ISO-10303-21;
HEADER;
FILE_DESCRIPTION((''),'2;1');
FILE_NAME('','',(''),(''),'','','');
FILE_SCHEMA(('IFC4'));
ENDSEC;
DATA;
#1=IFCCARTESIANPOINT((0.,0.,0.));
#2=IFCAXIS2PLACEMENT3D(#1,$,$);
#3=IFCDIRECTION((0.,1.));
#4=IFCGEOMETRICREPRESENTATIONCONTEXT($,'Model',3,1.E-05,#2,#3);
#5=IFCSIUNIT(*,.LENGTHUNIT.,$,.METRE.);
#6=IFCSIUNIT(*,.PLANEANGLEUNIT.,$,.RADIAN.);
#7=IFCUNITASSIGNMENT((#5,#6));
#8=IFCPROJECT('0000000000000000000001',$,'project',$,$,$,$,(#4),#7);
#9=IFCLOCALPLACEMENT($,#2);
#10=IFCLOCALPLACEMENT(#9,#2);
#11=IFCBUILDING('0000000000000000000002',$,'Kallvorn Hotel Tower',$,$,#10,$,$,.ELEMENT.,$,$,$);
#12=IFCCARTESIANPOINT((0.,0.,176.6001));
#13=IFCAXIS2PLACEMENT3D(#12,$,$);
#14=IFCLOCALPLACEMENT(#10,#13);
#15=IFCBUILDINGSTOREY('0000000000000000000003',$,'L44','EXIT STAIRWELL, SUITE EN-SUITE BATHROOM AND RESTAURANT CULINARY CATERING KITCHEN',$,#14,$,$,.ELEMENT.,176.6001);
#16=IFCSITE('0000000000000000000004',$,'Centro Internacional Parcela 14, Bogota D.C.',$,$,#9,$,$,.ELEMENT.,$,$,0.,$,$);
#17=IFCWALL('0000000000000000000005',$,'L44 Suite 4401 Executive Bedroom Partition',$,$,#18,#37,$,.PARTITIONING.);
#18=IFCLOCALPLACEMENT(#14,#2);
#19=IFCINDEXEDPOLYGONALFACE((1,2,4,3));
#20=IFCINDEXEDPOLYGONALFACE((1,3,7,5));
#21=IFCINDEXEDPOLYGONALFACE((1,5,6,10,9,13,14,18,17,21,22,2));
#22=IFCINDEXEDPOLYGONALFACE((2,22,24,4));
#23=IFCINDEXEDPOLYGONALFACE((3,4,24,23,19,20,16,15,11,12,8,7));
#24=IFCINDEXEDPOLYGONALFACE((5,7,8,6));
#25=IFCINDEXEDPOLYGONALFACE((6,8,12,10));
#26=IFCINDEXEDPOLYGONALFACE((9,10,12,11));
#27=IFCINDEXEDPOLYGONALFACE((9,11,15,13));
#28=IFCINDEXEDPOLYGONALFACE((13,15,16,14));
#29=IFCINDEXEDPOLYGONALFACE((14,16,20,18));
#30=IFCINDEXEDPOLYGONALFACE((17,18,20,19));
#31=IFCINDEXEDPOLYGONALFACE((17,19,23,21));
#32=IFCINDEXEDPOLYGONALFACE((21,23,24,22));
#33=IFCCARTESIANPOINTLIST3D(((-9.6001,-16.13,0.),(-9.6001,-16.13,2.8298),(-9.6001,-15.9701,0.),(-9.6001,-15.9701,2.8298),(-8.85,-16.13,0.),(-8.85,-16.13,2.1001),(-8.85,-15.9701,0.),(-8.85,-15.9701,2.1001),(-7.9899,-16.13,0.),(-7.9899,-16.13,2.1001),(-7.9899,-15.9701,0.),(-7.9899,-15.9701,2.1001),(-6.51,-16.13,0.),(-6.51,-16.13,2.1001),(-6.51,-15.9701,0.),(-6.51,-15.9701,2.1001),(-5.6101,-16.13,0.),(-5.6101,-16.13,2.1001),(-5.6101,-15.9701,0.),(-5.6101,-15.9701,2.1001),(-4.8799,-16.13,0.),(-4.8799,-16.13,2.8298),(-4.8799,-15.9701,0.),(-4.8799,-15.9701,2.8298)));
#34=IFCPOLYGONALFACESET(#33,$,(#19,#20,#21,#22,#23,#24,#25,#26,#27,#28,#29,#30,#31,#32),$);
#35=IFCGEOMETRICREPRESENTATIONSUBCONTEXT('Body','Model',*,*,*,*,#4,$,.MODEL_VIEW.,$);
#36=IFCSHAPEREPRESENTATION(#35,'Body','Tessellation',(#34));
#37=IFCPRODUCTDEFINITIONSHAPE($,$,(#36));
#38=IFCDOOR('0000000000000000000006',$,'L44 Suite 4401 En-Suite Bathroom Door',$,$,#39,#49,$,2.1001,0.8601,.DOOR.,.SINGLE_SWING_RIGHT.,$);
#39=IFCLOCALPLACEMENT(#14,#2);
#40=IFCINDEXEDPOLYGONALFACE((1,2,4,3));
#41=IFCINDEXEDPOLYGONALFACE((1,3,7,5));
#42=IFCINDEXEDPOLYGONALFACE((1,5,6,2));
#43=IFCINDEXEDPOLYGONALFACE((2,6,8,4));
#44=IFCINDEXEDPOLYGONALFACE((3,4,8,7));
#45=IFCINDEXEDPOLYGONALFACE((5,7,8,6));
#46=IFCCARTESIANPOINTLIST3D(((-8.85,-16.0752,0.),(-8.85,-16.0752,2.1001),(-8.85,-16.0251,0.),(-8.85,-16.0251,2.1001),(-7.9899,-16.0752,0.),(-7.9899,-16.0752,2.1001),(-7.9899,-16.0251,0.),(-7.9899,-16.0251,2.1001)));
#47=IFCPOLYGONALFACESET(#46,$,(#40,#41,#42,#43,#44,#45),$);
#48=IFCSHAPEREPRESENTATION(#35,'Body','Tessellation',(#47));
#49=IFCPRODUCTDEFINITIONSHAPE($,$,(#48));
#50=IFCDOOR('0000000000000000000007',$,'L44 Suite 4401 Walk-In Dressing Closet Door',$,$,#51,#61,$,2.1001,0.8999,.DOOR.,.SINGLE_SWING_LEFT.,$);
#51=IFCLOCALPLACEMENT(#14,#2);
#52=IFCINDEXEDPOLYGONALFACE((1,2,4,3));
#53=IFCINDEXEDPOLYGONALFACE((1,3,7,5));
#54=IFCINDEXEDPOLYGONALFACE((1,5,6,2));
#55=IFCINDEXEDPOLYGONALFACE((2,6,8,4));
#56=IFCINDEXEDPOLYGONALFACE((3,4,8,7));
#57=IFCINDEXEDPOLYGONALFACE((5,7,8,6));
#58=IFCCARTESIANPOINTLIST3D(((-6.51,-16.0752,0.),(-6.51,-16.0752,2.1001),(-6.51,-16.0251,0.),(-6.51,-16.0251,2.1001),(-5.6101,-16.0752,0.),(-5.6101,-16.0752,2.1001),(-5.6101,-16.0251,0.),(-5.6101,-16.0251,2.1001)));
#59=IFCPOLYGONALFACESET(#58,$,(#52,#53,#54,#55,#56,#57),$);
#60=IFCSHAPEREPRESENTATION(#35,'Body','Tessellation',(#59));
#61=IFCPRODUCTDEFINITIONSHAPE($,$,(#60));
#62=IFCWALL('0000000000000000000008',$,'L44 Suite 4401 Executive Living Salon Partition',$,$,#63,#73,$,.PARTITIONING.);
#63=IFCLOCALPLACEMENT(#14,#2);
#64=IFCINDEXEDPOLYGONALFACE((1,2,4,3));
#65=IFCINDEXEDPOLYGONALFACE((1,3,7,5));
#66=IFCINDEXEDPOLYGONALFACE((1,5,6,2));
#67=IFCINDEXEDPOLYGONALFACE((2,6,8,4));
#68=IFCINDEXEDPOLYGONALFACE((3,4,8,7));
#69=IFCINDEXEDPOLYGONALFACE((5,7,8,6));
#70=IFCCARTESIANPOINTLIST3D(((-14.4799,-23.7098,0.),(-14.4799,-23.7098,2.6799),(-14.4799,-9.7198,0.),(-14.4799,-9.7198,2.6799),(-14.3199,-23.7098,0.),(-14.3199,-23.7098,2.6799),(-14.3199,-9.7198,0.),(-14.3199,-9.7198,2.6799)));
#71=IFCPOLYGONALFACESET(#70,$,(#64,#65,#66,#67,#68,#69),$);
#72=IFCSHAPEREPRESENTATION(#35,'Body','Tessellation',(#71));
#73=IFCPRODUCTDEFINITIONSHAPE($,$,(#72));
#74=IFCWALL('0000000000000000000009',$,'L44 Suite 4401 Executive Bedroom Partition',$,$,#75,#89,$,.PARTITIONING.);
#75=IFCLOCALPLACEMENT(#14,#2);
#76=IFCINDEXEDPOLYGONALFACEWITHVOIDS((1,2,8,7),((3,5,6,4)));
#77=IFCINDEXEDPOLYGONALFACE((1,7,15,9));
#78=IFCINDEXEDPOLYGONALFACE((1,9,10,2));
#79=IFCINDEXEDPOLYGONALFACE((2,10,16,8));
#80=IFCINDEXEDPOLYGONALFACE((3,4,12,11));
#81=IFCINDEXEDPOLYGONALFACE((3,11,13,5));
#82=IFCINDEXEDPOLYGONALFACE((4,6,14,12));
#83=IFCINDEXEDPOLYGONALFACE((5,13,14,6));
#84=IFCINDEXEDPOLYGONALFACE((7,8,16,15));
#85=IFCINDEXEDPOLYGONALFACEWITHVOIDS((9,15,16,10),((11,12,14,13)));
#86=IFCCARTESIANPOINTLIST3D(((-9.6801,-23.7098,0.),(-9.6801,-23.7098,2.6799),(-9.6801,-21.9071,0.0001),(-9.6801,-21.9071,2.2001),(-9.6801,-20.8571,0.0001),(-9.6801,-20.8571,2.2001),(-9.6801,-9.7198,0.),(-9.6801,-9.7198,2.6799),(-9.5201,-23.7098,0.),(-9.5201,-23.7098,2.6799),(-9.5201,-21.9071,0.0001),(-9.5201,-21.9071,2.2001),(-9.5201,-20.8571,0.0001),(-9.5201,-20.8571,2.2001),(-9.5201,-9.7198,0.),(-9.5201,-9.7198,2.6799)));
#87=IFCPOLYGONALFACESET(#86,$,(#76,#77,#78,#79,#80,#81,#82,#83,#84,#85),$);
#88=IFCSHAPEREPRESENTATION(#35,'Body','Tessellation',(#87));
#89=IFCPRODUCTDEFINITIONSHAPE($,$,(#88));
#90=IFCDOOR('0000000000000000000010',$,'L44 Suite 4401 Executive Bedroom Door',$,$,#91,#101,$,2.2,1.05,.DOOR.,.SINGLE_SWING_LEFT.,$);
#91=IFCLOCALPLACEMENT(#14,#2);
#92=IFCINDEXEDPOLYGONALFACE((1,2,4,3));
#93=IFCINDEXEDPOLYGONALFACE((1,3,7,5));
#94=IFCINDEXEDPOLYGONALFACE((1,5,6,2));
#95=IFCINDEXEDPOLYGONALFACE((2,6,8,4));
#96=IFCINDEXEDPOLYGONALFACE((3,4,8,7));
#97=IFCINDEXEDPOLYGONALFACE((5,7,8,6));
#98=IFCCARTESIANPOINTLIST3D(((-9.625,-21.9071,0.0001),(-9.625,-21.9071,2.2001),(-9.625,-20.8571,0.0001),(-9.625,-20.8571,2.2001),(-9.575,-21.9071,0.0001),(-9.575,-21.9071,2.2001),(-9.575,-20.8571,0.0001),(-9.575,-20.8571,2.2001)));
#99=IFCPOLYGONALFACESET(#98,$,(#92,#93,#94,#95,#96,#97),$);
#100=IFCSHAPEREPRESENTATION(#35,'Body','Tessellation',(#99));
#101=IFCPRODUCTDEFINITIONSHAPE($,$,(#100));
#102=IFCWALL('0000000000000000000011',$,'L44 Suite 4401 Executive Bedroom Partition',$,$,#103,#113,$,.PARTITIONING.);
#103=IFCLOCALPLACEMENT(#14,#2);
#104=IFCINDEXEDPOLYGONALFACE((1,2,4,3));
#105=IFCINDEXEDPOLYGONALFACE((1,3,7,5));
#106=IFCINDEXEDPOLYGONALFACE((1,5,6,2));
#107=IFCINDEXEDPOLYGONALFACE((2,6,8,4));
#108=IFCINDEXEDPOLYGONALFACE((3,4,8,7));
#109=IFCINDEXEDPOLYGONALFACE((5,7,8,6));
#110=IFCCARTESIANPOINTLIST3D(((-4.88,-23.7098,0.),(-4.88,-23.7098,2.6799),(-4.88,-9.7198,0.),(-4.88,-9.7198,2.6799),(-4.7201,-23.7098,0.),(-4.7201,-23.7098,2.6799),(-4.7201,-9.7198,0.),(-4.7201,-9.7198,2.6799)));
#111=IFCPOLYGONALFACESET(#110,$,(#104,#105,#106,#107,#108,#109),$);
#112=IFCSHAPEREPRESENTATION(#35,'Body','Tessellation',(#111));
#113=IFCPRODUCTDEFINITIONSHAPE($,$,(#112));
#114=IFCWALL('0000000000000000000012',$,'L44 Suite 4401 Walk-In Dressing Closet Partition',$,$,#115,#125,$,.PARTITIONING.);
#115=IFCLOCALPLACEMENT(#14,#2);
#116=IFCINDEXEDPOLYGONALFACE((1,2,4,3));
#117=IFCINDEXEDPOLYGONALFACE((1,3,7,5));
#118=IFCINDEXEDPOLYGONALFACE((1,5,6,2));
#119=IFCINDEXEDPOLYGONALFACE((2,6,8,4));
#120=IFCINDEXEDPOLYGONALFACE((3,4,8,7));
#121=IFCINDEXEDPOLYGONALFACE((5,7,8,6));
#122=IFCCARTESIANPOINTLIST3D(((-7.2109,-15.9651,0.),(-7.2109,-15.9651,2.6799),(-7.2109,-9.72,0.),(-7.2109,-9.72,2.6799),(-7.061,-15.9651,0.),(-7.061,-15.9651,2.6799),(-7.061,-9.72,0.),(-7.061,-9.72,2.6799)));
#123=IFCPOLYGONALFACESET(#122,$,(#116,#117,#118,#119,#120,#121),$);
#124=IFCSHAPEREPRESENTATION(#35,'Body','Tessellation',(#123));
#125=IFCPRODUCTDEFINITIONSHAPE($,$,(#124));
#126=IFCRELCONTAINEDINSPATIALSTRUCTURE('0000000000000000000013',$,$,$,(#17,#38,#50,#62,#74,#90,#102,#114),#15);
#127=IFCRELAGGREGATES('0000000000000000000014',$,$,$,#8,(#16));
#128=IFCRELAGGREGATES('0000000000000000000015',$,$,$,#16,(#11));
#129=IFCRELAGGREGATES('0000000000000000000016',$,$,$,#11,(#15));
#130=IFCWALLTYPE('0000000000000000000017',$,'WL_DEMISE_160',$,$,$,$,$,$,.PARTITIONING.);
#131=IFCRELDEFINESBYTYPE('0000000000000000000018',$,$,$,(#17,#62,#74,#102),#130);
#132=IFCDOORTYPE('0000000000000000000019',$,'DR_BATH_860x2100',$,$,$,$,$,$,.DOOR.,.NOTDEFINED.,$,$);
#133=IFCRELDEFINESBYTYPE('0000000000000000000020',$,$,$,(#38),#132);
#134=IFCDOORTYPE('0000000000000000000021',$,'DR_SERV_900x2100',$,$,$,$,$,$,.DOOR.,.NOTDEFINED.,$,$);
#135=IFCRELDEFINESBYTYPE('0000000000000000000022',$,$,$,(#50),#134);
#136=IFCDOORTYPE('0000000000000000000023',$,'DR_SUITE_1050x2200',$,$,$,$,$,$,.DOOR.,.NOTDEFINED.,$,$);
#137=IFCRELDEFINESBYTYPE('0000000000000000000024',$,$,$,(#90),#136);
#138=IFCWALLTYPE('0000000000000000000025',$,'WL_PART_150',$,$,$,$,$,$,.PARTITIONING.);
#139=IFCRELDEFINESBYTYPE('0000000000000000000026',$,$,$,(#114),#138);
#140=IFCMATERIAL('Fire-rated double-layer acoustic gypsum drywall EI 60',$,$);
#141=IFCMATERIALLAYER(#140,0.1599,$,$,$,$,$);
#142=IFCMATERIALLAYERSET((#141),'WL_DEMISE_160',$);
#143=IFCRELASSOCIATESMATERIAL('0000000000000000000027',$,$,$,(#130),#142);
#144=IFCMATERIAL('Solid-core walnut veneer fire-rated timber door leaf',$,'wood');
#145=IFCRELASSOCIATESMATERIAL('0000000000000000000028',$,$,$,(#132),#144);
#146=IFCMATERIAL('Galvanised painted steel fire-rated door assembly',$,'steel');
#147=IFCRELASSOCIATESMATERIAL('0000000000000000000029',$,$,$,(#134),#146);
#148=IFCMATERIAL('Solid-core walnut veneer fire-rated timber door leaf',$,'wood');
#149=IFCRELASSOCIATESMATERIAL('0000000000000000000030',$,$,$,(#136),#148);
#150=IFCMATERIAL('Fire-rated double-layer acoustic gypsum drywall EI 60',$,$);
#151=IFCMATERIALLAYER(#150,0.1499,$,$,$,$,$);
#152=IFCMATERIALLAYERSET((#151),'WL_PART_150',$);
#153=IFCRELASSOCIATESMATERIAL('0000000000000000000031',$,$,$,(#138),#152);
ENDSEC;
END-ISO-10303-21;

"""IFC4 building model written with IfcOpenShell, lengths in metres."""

from ifc_helpers import new_model, si_unit, direction, frame, frame_2d, origin, place, context, subcontext, project, spatial, rectangle, extrude, material, layer, layer_set, type_object, element, fill, save


model = new_model("IFC4")

# Units and contexts
model_context = context("Model", 3, precision=1e-05, world=origin(), true_north=direction((0.0, 1.0)))
body_context = subcontext(model_context, "Body", "Model", "MODEL_VIEW")
ifc_project = project(units=[si_unit("LENGTHUNIT", "METRE"), si_unit("PLANEANGLEUNIT", "RADIAN")], contexts=[model_context])

# Site, building, storey
site_placement = place(None, origin())
site = spatial("IfcSite", under=ifc_project, at=site_placement, Name="Centro Internacional Parcela 14, Bogota D.C.", CompositionType="ELEMENT", RefElevation=0.0)
building_placement = place(site_placement, origin())
building = spatial("IfcBuilding", under=site, at=building_placement, Name="Kallvorn Hotel Tower", CompositionType="ELEMENT")
storey_placement = place(building_placement, frame((0.0, 0.0, 176.6001)))
storey = spatial("IfcBuildingStorey", under=building, at=storey_placement, Name="L44", Description="EXIT STAIRWELL, SUITE EN-SUITE BATHROOM AND RESTAURANT CULINARY CATERING KITCHEN", CompositionType="ELEMENT", Elevation=176.6001)

# Wall, openings, doors
ifc_material_1 = material(Name="Fire-rated double-layer acoustic gypsum drywall EI 60")
ifc_layer_1 = layer(ifc_material_1, 0.1599)
ifc_layer_set_1 = layer_set([ifc_layer_1], Name="WL_DEMISE_160")
wall_type_1 = type_object("IfcWallType", Name="WL_DEMISE_160", PredefinedType="PARTITIONING", material=ifc_layer_set_1)
wall_1_placement = place(storey_placement, frame((-9.6001, -16.05, 0.0), z_axis=(0.0, 0.0, 1.0), x_axis=(1.0, 0.0, 0.0)))
wall_1 = element("IfcWall", 1, at=wall_1_placement, inside=storey, type_object=wall_type_1, Name="L44 Suite 4401 Executive Bedroom Partition", PredefinedType="PARTITIONING", context=body_context, shape_type="SweptSolid", body=[
    extrude(rectangle(XDim=4.7202, YDim=0.1599, at=frame_2d((2.3601, 0.0))), origin(), (0.0, 0.0, 1.0), 2.8298),
])
opening_1_placement = place(wall_1_placement, frame((0.75, 0.0, 0.0)))
opening_1 = element("IfcOpeningElement", 2, at=opening_1_placement, cuts=wall_1, PredefinedType="OPENING", context=body_context, shape_type="SweptSolid", body=[
    extrude(rectangle(XDim=0.8601, YDim=2.1001, at=frame_2d((0.4302, 1.05))), frame((0.0, 0.095, 0.0), z_axis=(0.0, -1.0, 0.0), x_axis=(1.0, 0.0, 0.0)), (0.0, 0.0, 1.0), 0.1899),
])
opening_2_placement = place(wall_1_placement, frame((3.0901, 0.0, 0.0)))
opening_2 = element("IfcOpeningElement", 3, at=opening_2_placement, cuts=wall_1, PredefinedType="OPENING", context=body_context, shape_type="SweptSolid", body=[
    extrude(rectangle(XDim=0.8999, YDim=2.1001, at=frame_2d((0.45, 1.05))), frame((0.0, 0.095, 0.0), z_axis=(0.0, -1.0, 0.0), x_axis=(1.0, 0.0, 0.0)), (0.0, 0.0, 1.0), 0.1899),
])
ifc_material_2 = material(Name="Solid-core walnut veneer fire-rated timber door leaf", Category="wood")
door_type_1 = type_object("IfcDoorType", Name="DR_BATH_860x2100", OperationType="NOTDEFINED", PredefinedType="DOOR", material=ifc_material_2)
door_1_placement = place(opening_1_placement, origin())
door_1 = element("IfcDoor", 4, at=door_1_placement, inside=storey, type_object=door_type_1, Name="L44 Suite 4401 En-Suite Bathroom Door", OperationType="SINGLE_SWING_RIGHT", OverallHeight=2.1001, OverallWidth=0.8601, PredefinedType="DOOR", context=body_context, shape_type="SweptSolid", body=[
    extrude(rectangle(XDim=0.8601, YDim=2.1001, at=frame_2d((0.4302, 1.05))), frame((0.0, 0.0249, 0.0), z_axis=(0.0, -1.0, 0.0), x_axis=(1.0, 0.0, 0.0)), (0.0, 0.0, 1.0), 0.05),
])
fill(opening_1, door_1)
ifc_material_3 = material(Name="Galvanised painted steel fire-rated door assembly", Category="steel")
door_type_2 = type_object("IfcDoorType", Name="DR_SERV_900x2100", OperationType="NOTDEFINED", PredefinedType="DOOR", material=ifc_material_3)
door_2_placement = place(opening_2_placement, origin())
door_2 = element("IfcDoor", 5, at=door_2_placement, inside=storey, type_object=door_type_2, Name="L44 Suite 4401 Walk-In Dressing Closet Door", OperationType="SINGLE_SWING_LEFT", OverallHeight=2.1001, OverallWidth=0.8999, PredefinedType="DOOR", context=body_context, shape_type="SweptSolid", body=[
    extrude(rectangle(XDim=0.8999, YDim=2.1001, at=frame_2d((0.45, 1.05))), frame((0.0, 0.0249, 0.0), z_axis=(0.0, -1.0, 0.0), x_axis=(1.0, 0.0, 0.0)), (0.0, 0.0, 1.0), 0.05),
])
fill(opening_2, door_2)

# Wall
wall_2_placement = place(storey_placement, frame((-14.3999, -23.71, 0.0), z_axis=(0.0, 0.0, 1.0), x_axis=(0.0, 1.0, 0.0)))
element("IfcWall", 6, at=wall_2_placement, inside=storey, type_object=wall_type_1, Name="L44 Suite 4401 Executive Living Salon Partition", PredefinedType="PARTITIONING", context=body_context, shape_type="SweptSolid", body=[
    extrude(rectangle(XDim=13.99, YDim=0.1599, at=frame_2d((6.9951, 0.0))), origin(), (0.0, 0.0, 1.0), 2.6799),
])

# Wall, opening, door
wall_3_placement = place(storey_placement, frame((-9.6001, -23.71, 0.0), z_axis=(0.0, 0.0, 1.0), x_axis=(0.0, 1.0, 0.0)))
wall_3 = element("IfcWall", 7, at=wall_3_placement, inside=storey, type_object=wall_type_1, Name="L44 Suite 4401 Executive Bedroom Partition", PredefinedType="PARTITIONING", context=body_context, shape_type="SweptSolid", body=[
    extrude(rectangle(XDim=13.99, YDim=0.1599, at=frame_2d((6.9951, 0.0))), origin(), (0.0, 0.0, 1.0), 2.6799),
])
opening_3_placement = place(wall_3_placement, frame((1.803, 0.0, 0.0)))
opening_3 = element("IfcOpeningElement", 8, at=opening_3_placement, cuts=wall_3, PredefinedType="OPENING", context=body_context, shape_type="SweptSolid", body=[
    extrude(rectangle(XDim=1.05, YDim=2.2, at=frame_2d((0.5249, 1.1001))), frame((0.0, 0.095, 0.0), z_axis=(0.0, -1.0, 0.0), x_axis=(1.0, 0.0, 0.0)), (0.0, 0.0, 1.0), 0.1899),
])
ifc_material_4 = material(Name="Solid-core walnut veneer fire-rated timber door leaf", Category="wood")
door_type_3 = type_object("IfcDoorType", Name="DR_SUITE_1050x2200", OperationType="NOTDEFINED", PredefinedType="DOOR", material=ifc_material_4)
door_3_placement = place(opening_3_placement, origin())
door_3 = element("IfcDoor", 9, at=door_3_placement, inside=storey, type_object=door_type_3, Name="L44 Suite 4401 Executive Bedroom Door", OperationType="SINGLE_SWING_LEFT", OverallHeight=2.2, OverallWidth=1.05, PredefinedType="DOOR", context=body_context, shape_type="SweptSolid", body=[
    extrude(rectangle(XDim=1.05, YDim=2.2, at=frame_2d((0.5249, 1.1001))), frame((0.0, 0.0249, 0.0), z_axis=(0.0, -1.0, 0.0), x_axis=(1.0, 0.0, 0.0)), (0.0, 0.0, 1.0), 0.05),
])
fill(opening_3, door_3)

# Walls
wall_4_placement = place(storey_placement, frame((-4.8, -23.71, 0.0), z_axis=(0.0, 0.0, 1.0), x_axis=(0.0, 1.0, 0.0)))
element("IfcWall", 10, at=wall_4_placement, inside=storey, type_object=wall_type_1, Name="L44 Suite 4401 Executive Bedroom Partition", PredefinedType="PARTITIONING", context=body_context, shape_type="SweptSolid", body=[
    extrude(rectangle(XDim=13.99, YDim=0.1599, at=frame_2d((6.9951, 0.0))), origin(), (0.0, 0.0, 1.0), 2.6799),
])
ifc_material_5 = material(Name="Fire-rated double-layer acoustic gypsum drywall EI 60")
ifc_layer_2 = layer(ifc_material_5, 0.1499)
ifc_layer_set_2 = layer_set([ifc_layer_2], Name="WL_PART_150")
wall_type_2 = type_object("IfcWallType", Name="WL_PART_150", PredefinedType="PARTITIONING", material=ifc_layer_set_2)
wall_5_placement = place(storey_placement, frame((-7.136, -15.9651, 0.0), z_axis=(0.0, 0.0, 1.0), x_axis=(0.0, 1.0, 0.0)))
element("IfcWall", 11, at=wall_5_placement, inside=storey, type_object=wall_type_2, Name="L44 Suite 4401 Walk-In Dressing Closet Partition", PredefinedType="PARTITIONING", context=body_context, shape_type="SweptSolid", body=[
    extrude(rectangle(XDim=6.2451, YDim=0.1499, at=frame_2d((3.1226, 0.0))), origin(), (0.0, 0.0, 1.0), 2.6799),
])

save(model, "model.ifc")
